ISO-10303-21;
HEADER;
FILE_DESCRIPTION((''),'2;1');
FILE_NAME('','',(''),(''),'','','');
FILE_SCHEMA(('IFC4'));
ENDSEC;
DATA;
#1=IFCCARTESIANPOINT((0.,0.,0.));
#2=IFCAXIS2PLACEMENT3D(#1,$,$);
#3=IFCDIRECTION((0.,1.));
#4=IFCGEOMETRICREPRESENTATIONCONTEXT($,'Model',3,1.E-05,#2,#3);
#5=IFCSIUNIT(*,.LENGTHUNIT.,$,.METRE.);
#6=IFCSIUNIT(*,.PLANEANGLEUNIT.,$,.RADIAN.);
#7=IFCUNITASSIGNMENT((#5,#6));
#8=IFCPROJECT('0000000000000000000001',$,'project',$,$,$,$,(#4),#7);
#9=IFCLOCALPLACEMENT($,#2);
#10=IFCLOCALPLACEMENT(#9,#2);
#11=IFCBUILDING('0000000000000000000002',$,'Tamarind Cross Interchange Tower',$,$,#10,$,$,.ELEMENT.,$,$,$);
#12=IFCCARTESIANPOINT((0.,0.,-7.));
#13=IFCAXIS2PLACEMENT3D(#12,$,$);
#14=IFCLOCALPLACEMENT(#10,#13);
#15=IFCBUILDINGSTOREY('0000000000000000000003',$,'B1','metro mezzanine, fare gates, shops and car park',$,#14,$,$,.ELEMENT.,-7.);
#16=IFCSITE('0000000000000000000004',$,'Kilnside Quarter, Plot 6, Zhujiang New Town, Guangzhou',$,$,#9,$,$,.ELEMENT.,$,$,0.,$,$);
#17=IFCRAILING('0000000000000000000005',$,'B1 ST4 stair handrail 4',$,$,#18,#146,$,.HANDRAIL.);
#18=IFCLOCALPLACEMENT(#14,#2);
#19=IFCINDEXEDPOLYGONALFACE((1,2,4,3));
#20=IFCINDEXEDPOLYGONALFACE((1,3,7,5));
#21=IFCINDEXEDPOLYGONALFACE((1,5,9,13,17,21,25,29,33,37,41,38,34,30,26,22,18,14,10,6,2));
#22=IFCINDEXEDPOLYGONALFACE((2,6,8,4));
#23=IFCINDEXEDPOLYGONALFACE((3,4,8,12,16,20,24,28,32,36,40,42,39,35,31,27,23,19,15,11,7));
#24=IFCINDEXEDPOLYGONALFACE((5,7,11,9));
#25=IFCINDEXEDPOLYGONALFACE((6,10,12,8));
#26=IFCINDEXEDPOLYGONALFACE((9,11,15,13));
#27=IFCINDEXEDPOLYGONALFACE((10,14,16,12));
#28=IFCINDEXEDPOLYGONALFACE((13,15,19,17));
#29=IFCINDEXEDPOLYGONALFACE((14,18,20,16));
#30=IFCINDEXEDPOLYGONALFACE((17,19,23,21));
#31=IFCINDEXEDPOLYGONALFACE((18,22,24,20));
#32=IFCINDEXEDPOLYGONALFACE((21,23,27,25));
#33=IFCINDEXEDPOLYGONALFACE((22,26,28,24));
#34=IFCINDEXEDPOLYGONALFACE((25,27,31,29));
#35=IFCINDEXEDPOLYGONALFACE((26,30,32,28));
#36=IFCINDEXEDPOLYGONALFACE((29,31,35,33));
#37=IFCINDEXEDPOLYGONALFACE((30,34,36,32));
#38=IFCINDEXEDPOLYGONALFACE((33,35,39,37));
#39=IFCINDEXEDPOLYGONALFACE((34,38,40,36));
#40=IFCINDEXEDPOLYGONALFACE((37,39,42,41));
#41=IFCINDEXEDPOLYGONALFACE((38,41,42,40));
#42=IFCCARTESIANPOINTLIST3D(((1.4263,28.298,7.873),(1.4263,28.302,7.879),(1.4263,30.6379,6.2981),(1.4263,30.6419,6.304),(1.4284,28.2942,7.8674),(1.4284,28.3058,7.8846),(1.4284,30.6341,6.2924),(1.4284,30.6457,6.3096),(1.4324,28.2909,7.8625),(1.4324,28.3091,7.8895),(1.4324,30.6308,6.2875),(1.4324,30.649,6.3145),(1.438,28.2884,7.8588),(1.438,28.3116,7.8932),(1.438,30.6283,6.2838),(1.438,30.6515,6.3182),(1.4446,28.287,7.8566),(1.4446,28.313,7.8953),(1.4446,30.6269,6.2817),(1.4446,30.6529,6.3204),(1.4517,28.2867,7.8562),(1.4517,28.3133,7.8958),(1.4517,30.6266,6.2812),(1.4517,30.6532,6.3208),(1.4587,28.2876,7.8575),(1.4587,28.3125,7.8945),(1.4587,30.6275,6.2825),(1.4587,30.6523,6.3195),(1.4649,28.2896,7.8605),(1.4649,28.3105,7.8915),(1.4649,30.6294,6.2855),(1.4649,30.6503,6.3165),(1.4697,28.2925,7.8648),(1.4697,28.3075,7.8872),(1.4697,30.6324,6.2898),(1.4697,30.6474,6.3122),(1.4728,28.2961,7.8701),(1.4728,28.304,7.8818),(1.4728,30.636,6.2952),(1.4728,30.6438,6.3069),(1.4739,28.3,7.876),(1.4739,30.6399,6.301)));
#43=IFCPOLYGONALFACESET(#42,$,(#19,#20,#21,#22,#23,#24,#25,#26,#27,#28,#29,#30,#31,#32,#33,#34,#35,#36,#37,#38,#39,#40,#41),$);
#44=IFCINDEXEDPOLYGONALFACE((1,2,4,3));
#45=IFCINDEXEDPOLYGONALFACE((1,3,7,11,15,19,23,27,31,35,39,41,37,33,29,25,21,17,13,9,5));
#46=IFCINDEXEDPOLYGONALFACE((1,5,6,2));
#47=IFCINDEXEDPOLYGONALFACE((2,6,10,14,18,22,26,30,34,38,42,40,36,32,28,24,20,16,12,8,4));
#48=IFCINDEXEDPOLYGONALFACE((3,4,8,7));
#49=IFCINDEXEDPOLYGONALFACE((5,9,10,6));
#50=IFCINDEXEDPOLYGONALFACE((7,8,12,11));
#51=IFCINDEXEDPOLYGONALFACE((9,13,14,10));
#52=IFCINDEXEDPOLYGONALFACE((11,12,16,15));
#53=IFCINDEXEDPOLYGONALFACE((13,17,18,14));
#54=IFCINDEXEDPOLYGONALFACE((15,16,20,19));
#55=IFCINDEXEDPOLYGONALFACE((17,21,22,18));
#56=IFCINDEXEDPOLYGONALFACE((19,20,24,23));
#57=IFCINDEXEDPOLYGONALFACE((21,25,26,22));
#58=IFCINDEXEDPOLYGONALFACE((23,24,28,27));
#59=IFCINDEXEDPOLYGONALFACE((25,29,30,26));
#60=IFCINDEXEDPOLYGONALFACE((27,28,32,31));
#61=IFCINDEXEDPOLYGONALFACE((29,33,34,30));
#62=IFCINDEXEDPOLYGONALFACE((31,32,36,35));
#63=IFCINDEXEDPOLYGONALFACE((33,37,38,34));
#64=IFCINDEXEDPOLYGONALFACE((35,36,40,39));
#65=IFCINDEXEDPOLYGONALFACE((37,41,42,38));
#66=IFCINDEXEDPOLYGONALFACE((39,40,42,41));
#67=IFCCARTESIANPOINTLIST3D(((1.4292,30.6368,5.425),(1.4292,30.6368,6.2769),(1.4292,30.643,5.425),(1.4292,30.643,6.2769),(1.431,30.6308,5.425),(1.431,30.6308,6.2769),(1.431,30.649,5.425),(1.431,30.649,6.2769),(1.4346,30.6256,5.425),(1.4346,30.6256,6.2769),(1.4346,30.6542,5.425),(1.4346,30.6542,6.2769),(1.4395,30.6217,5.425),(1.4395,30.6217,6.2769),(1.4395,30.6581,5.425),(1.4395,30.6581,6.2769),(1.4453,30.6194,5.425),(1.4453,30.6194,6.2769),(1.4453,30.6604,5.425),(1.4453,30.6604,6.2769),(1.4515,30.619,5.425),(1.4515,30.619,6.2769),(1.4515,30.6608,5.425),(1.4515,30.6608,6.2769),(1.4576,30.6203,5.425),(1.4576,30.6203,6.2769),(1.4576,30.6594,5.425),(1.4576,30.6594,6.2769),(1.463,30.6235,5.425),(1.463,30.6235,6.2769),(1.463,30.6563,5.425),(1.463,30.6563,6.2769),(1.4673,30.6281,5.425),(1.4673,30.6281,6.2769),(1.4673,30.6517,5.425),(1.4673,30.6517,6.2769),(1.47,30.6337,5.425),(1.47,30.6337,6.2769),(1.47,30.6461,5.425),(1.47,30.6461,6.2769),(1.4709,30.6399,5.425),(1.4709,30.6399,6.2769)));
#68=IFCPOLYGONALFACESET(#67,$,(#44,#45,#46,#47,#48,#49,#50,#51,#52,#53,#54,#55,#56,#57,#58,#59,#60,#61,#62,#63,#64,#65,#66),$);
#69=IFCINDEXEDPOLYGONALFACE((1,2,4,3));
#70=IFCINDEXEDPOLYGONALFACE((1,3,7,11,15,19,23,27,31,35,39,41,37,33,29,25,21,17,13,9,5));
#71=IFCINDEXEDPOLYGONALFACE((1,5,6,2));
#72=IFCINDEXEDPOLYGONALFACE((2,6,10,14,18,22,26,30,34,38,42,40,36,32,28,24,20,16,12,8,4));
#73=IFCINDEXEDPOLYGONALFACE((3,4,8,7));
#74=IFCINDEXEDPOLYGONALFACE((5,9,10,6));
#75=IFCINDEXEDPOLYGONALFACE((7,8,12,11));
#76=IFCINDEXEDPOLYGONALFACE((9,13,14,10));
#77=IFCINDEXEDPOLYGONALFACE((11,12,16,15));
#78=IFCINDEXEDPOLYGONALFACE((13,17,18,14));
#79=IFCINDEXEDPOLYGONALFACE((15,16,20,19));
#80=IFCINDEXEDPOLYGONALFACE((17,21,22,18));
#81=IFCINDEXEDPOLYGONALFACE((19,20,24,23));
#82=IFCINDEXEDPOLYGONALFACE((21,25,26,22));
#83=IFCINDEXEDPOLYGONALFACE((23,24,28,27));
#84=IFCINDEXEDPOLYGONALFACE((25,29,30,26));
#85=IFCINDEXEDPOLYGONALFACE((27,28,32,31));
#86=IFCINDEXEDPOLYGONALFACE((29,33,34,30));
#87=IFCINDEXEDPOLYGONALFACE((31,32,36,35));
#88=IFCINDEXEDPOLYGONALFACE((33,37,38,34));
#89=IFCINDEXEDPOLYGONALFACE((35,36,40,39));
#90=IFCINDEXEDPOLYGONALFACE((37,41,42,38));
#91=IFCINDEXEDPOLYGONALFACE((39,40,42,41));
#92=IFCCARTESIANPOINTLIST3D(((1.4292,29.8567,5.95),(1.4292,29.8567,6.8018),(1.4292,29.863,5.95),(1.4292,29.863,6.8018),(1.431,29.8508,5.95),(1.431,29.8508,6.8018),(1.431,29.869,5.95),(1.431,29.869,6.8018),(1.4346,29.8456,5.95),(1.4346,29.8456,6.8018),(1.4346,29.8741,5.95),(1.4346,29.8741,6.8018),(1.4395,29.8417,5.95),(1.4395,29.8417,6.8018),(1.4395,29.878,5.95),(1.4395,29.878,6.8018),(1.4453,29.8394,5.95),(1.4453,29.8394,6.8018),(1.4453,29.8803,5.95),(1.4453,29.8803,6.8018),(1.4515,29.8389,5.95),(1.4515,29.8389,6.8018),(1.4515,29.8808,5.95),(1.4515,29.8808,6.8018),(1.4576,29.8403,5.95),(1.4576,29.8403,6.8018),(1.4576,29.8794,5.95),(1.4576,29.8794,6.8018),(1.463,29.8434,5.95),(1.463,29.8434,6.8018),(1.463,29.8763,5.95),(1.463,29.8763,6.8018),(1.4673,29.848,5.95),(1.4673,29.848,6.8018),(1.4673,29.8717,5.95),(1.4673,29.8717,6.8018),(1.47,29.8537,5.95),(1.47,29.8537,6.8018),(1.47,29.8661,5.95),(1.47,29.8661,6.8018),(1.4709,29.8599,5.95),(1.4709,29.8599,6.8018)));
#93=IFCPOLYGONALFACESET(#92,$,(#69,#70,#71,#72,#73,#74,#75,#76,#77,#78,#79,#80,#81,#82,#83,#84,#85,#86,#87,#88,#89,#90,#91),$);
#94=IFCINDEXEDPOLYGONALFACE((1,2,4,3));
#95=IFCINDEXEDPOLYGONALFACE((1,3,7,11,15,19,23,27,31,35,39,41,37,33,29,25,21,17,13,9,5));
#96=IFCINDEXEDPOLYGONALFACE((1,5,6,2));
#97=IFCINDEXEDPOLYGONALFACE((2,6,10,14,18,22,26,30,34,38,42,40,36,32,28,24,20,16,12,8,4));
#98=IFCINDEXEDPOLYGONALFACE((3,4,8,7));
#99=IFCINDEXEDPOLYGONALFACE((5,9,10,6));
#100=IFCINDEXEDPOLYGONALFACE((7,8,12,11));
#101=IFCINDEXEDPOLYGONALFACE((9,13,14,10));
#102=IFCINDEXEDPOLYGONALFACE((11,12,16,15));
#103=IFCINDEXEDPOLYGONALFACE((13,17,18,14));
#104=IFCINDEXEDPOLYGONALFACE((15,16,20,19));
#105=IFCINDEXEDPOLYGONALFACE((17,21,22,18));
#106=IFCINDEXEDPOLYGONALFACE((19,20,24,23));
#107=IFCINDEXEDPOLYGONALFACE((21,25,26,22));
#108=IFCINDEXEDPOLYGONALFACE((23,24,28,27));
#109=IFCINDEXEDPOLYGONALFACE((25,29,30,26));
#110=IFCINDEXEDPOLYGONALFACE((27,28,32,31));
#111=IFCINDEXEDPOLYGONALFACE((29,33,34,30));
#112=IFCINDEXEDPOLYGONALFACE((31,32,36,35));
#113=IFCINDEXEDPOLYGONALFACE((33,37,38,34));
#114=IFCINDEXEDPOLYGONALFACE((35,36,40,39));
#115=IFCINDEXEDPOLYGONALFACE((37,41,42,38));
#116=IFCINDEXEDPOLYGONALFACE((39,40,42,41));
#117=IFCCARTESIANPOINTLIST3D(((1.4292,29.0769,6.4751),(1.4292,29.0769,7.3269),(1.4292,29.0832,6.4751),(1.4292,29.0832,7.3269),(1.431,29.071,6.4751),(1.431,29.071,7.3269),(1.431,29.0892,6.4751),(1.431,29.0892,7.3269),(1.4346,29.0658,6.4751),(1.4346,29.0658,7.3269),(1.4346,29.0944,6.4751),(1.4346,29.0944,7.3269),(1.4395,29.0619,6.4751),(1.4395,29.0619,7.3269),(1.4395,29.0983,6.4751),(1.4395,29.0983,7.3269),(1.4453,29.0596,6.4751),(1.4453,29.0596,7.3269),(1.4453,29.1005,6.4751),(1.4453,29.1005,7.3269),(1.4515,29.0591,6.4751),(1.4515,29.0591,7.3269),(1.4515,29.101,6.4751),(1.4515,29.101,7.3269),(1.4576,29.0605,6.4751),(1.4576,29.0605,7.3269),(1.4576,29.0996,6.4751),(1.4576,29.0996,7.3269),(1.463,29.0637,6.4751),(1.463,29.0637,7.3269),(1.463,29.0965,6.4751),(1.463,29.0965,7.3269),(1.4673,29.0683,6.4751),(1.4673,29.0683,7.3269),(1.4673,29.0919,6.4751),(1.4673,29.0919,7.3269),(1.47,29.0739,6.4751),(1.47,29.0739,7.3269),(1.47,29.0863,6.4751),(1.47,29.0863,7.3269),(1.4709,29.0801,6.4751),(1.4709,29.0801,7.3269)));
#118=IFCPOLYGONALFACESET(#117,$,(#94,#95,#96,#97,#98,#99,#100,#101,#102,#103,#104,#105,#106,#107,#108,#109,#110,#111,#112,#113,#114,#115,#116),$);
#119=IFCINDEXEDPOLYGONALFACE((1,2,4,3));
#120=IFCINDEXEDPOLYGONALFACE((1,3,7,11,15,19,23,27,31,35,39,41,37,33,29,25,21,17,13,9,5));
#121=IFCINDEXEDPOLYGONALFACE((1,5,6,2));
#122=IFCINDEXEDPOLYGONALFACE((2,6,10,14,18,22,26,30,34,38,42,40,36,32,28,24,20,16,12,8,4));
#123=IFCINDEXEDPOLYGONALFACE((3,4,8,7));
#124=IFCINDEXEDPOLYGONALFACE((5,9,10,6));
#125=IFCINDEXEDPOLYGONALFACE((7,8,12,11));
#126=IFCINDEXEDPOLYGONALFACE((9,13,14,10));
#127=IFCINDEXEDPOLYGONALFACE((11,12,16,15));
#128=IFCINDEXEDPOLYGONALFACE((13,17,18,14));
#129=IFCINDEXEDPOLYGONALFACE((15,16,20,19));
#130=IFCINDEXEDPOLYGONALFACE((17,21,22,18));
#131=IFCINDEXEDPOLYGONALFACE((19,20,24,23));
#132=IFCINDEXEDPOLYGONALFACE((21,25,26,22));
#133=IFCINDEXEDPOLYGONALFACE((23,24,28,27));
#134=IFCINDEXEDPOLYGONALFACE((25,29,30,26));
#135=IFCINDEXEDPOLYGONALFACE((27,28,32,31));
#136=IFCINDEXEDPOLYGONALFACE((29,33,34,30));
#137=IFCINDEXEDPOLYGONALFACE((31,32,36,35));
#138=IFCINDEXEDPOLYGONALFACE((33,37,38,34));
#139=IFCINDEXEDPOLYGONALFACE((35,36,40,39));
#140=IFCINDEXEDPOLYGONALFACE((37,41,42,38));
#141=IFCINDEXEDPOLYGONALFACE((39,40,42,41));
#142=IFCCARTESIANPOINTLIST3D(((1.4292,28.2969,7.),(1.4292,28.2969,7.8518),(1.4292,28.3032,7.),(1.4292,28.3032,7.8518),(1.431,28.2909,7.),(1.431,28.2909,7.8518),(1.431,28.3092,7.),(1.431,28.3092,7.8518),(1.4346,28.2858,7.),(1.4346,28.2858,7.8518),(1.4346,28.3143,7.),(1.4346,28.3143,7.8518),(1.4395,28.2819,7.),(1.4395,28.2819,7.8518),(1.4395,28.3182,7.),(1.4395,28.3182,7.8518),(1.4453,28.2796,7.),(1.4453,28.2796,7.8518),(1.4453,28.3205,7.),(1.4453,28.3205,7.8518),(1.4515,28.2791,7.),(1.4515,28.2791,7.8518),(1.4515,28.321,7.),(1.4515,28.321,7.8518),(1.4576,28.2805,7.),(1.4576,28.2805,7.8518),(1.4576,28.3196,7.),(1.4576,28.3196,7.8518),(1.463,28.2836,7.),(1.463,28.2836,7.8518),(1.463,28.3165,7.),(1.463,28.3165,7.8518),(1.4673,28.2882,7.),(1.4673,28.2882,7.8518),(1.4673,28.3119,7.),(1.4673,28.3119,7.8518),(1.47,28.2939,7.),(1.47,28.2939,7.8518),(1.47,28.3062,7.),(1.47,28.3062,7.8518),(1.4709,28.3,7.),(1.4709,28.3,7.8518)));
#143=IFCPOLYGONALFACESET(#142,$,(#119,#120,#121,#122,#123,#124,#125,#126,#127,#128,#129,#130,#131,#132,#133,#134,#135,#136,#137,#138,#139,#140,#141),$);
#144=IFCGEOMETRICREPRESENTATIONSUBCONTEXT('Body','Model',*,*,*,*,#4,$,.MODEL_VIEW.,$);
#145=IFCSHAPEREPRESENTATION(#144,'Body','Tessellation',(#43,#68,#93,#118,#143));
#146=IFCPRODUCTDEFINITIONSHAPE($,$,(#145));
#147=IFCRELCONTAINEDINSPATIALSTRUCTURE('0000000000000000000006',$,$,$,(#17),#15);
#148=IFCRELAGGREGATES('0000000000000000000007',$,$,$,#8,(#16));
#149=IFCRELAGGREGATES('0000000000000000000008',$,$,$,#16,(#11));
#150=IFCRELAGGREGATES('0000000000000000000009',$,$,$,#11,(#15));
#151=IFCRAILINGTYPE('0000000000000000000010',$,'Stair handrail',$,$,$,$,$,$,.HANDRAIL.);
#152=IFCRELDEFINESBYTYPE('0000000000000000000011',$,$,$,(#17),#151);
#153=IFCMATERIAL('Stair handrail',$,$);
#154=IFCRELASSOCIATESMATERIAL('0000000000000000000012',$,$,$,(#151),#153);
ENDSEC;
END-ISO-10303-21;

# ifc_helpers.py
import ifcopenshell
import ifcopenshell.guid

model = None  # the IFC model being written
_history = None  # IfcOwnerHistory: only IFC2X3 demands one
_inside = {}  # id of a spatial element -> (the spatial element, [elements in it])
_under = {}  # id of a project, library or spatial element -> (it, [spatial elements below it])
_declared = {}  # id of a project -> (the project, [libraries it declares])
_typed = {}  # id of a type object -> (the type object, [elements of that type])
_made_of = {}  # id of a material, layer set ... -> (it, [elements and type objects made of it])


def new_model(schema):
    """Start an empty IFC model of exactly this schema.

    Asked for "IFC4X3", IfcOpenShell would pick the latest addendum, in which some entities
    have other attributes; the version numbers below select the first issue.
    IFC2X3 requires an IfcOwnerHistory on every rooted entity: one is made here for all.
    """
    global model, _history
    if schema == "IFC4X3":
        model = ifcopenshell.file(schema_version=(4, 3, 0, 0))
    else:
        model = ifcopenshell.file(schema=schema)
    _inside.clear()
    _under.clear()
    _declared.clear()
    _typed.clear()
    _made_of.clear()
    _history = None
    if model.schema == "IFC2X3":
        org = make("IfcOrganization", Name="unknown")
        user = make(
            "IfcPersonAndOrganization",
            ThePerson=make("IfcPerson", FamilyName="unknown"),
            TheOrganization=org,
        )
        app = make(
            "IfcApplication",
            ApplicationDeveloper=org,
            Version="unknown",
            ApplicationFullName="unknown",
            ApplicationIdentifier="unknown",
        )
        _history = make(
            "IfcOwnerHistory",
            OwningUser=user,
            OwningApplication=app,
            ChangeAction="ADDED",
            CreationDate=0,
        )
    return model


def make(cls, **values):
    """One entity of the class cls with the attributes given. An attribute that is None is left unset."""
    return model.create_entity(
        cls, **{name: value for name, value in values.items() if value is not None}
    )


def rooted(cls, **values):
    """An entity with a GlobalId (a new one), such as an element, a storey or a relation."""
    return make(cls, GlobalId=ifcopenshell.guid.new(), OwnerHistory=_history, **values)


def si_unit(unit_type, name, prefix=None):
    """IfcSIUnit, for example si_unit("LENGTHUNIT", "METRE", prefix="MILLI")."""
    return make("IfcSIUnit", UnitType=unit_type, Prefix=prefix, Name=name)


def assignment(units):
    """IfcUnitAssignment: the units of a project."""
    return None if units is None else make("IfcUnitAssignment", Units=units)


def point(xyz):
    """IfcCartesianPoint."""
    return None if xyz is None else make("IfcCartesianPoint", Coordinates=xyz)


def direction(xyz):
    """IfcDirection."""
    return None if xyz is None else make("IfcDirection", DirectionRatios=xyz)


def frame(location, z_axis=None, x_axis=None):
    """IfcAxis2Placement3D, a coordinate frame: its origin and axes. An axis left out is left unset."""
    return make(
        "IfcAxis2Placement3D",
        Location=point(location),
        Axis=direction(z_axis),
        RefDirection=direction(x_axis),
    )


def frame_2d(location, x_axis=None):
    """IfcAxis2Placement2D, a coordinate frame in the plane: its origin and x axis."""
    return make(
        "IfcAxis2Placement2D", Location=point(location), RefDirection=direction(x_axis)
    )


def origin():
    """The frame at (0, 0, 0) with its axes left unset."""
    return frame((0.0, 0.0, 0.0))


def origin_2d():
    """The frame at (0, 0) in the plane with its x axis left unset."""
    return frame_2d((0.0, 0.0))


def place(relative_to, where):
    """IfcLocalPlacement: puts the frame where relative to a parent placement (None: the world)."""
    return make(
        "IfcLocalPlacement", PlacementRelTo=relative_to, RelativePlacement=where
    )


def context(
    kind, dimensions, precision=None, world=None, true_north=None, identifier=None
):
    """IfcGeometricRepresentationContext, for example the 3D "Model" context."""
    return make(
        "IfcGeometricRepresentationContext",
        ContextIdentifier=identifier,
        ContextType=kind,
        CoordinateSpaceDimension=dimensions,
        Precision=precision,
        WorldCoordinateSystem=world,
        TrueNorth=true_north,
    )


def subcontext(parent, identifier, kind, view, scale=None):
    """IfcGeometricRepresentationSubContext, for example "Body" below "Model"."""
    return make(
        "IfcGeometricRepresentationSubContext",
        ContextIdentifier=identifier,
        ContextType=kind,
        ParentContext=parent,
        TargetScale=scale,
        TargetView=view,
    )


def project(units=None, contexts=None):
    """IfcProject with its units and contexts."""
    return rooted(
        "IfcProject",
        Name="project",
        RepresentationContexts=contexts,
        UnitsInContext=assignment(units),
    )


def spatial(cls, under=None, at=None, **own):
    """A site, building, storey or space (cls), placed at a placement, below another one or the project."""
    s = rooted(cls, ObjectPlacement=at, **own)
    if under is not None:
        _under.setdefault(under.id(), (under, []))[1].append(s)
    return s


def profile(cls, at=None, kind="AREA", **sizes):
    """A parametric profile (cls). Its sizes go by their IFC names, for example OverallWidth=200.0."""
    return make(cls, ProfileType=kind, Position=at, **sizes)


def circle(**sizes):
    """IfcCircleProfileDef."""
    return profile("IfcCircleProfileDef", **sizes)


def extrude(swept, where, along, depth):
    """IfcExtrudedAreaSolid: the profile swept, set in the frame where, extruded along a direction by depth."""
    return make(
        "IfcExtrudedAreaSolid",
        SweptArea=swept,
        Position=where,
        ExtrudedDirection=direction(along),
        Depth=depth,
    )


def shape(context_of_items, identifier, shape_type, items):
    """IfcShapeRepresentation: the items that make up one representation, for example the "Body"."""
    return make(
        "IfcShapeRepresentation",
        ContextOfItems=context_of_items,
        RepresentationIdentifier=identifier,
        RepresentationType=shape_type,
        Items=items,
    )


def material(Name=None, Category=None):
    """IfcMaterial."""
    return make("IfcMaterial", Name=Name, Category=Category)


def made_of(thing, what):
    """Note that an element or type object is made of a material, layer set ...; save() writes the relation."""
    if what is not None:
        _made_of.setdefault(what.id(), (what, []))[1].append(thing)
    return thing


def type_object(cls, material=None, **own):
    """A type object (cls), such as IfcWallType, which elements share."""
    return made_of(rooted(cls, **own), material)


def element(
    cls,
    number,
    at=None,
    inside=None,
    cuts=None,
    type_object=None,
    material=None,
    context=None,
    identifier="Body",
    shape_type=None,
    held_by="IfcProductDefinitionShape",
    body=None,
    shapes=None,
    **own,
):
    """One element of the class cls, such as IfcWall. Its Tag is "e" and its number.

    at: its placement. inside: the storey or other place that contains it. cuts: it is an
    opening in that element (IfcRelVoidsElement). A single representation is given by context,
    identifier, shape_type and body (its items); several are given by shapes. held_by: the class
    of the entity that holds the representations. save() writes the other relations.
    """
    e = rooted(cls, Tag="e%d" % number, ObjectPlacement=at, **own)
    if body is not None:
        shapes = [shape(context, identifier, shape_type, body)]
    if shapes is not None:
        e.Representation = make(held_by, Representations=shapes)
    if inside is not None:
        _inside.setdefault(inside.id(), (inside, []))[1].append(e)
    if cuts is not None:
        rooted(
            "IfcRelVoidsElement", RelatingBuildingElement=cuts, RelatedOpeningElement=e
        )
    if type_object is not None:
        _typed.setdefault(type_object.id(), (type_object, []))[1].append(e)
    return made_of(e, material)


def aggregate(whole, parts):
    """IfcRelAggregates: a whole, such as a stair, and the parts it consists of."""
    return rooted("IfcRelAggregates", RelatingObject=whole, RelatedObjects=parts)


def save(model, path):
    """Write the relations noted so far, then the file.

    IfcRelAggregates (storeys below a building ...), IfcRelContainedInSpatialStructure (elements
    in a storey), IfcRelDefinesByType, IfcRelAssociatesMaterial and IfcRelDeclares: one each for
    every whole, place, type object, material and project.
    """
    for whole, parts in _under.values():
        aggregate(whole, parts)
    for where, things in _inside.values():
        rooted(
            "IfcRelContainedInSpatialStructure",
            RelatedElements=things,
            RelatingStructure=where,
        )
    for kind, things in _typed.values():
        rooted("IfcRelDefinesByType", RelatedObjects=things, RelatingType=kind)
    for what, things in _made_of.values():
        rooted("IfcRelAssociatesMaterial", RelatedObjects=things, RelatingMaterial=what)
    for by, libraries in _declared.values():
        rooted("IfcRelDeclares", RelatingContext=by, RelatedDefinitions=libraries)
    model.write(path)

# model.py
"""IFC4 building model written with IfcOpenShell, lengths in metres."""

from ifc_helpers import new_model, si_unit, direction, frame, origin, origin_2d, place, context, subcontext, project, spatial, circle, extrude, material, type_object, element, save


model = new_model("IFC4")

# Units and contexts
model_context = context("Model", 3, precision=1e-05, world=origin(), true_north=direction((0.0, 1.0)))
body_context = subcontext(model_context, "Body", "Model", "MODEL_VIEW")
ifc_project = project(units=[si_unit("LENGTHUNIT", "METRE"), si_unit("PLANEANGLEUNIT", "RADIAN")], contexts=[model_context])

# Site, building, storey
site_placement = place(None, origin())
site = spatial("IfcSite", under=ifc_project, at=site_placement, Name="Kilnside Quarter, Plot 6, Zhujiang New Town, Guangzhou", CompositionType="ELEMENT", RefElevation=0.0)
building_placement = place(site_placement, origin())
building = spatial("IfcBuilding", under=site, at=building_placement, Name="Tamarind Cross Interchange Tower", CompositionType="ELEMENT")
storey_placement = place(building_placement, frame((0.0, 0.0, -7.0)))
storey = spatial("IfcBuildingStorey", under=building, at=storey_placement, Name="B1", Description="metro mezzanine, fare gates, shops and car park", CompositionType="ELEMENT", Elevation=-7.0)

# Railing
ifc_material_1 = material(Name="Stair handrail")
railing_type_1 = type_object("IfcRailingType", Name="Stair handrail", PredefinedType="HANDRAIL", material=ifc_material_1)
railing_1_placement = place(storey_placement, frame((1.45, 30.6399, 5.425)))
element("IfcRailing", 1, at=railing_1_placement, inside=storey, type_object=railing_type_1, Name="B1 ST4 stair handrail 4", PredefinedType="HANDRAIL", context=body_context, shape_type="SweptSolid", body=[
    extrude(circle(Radius=0.0239, at=origin_2d()), frame((0.0, 0.0, 0.876), z_axis=(0.0, -0.829578, 0.55839), x_axis=(1.0, 0.0, 0.0)), (0.0, 0.0, 1.0), 2.8206),
    extrude(circle(Radius=0.021, at=origin_2d()), origin(), (0.0, 0.0, 1.0), 0.8518),
    extrude(circle(Radius=0.021, at=origin_2d()), frame((0.0, -0.78, 0.5249)), (0.0, 0.0, 1.0), 0.8518),
    extrude(circle(Radius=0.021, at=origin_2d()), frame((0.0, -1.5598, 1.05)), (0.0, 0.0, 1.0), 0.8518),
    extrude(circle(Radius=0.021, at=origin_2d()), frame((0.0, -2.3398, 1.575)), (0.0, 0.0, 1.0), 0.8518),
])

save(model, "model.ifc")
